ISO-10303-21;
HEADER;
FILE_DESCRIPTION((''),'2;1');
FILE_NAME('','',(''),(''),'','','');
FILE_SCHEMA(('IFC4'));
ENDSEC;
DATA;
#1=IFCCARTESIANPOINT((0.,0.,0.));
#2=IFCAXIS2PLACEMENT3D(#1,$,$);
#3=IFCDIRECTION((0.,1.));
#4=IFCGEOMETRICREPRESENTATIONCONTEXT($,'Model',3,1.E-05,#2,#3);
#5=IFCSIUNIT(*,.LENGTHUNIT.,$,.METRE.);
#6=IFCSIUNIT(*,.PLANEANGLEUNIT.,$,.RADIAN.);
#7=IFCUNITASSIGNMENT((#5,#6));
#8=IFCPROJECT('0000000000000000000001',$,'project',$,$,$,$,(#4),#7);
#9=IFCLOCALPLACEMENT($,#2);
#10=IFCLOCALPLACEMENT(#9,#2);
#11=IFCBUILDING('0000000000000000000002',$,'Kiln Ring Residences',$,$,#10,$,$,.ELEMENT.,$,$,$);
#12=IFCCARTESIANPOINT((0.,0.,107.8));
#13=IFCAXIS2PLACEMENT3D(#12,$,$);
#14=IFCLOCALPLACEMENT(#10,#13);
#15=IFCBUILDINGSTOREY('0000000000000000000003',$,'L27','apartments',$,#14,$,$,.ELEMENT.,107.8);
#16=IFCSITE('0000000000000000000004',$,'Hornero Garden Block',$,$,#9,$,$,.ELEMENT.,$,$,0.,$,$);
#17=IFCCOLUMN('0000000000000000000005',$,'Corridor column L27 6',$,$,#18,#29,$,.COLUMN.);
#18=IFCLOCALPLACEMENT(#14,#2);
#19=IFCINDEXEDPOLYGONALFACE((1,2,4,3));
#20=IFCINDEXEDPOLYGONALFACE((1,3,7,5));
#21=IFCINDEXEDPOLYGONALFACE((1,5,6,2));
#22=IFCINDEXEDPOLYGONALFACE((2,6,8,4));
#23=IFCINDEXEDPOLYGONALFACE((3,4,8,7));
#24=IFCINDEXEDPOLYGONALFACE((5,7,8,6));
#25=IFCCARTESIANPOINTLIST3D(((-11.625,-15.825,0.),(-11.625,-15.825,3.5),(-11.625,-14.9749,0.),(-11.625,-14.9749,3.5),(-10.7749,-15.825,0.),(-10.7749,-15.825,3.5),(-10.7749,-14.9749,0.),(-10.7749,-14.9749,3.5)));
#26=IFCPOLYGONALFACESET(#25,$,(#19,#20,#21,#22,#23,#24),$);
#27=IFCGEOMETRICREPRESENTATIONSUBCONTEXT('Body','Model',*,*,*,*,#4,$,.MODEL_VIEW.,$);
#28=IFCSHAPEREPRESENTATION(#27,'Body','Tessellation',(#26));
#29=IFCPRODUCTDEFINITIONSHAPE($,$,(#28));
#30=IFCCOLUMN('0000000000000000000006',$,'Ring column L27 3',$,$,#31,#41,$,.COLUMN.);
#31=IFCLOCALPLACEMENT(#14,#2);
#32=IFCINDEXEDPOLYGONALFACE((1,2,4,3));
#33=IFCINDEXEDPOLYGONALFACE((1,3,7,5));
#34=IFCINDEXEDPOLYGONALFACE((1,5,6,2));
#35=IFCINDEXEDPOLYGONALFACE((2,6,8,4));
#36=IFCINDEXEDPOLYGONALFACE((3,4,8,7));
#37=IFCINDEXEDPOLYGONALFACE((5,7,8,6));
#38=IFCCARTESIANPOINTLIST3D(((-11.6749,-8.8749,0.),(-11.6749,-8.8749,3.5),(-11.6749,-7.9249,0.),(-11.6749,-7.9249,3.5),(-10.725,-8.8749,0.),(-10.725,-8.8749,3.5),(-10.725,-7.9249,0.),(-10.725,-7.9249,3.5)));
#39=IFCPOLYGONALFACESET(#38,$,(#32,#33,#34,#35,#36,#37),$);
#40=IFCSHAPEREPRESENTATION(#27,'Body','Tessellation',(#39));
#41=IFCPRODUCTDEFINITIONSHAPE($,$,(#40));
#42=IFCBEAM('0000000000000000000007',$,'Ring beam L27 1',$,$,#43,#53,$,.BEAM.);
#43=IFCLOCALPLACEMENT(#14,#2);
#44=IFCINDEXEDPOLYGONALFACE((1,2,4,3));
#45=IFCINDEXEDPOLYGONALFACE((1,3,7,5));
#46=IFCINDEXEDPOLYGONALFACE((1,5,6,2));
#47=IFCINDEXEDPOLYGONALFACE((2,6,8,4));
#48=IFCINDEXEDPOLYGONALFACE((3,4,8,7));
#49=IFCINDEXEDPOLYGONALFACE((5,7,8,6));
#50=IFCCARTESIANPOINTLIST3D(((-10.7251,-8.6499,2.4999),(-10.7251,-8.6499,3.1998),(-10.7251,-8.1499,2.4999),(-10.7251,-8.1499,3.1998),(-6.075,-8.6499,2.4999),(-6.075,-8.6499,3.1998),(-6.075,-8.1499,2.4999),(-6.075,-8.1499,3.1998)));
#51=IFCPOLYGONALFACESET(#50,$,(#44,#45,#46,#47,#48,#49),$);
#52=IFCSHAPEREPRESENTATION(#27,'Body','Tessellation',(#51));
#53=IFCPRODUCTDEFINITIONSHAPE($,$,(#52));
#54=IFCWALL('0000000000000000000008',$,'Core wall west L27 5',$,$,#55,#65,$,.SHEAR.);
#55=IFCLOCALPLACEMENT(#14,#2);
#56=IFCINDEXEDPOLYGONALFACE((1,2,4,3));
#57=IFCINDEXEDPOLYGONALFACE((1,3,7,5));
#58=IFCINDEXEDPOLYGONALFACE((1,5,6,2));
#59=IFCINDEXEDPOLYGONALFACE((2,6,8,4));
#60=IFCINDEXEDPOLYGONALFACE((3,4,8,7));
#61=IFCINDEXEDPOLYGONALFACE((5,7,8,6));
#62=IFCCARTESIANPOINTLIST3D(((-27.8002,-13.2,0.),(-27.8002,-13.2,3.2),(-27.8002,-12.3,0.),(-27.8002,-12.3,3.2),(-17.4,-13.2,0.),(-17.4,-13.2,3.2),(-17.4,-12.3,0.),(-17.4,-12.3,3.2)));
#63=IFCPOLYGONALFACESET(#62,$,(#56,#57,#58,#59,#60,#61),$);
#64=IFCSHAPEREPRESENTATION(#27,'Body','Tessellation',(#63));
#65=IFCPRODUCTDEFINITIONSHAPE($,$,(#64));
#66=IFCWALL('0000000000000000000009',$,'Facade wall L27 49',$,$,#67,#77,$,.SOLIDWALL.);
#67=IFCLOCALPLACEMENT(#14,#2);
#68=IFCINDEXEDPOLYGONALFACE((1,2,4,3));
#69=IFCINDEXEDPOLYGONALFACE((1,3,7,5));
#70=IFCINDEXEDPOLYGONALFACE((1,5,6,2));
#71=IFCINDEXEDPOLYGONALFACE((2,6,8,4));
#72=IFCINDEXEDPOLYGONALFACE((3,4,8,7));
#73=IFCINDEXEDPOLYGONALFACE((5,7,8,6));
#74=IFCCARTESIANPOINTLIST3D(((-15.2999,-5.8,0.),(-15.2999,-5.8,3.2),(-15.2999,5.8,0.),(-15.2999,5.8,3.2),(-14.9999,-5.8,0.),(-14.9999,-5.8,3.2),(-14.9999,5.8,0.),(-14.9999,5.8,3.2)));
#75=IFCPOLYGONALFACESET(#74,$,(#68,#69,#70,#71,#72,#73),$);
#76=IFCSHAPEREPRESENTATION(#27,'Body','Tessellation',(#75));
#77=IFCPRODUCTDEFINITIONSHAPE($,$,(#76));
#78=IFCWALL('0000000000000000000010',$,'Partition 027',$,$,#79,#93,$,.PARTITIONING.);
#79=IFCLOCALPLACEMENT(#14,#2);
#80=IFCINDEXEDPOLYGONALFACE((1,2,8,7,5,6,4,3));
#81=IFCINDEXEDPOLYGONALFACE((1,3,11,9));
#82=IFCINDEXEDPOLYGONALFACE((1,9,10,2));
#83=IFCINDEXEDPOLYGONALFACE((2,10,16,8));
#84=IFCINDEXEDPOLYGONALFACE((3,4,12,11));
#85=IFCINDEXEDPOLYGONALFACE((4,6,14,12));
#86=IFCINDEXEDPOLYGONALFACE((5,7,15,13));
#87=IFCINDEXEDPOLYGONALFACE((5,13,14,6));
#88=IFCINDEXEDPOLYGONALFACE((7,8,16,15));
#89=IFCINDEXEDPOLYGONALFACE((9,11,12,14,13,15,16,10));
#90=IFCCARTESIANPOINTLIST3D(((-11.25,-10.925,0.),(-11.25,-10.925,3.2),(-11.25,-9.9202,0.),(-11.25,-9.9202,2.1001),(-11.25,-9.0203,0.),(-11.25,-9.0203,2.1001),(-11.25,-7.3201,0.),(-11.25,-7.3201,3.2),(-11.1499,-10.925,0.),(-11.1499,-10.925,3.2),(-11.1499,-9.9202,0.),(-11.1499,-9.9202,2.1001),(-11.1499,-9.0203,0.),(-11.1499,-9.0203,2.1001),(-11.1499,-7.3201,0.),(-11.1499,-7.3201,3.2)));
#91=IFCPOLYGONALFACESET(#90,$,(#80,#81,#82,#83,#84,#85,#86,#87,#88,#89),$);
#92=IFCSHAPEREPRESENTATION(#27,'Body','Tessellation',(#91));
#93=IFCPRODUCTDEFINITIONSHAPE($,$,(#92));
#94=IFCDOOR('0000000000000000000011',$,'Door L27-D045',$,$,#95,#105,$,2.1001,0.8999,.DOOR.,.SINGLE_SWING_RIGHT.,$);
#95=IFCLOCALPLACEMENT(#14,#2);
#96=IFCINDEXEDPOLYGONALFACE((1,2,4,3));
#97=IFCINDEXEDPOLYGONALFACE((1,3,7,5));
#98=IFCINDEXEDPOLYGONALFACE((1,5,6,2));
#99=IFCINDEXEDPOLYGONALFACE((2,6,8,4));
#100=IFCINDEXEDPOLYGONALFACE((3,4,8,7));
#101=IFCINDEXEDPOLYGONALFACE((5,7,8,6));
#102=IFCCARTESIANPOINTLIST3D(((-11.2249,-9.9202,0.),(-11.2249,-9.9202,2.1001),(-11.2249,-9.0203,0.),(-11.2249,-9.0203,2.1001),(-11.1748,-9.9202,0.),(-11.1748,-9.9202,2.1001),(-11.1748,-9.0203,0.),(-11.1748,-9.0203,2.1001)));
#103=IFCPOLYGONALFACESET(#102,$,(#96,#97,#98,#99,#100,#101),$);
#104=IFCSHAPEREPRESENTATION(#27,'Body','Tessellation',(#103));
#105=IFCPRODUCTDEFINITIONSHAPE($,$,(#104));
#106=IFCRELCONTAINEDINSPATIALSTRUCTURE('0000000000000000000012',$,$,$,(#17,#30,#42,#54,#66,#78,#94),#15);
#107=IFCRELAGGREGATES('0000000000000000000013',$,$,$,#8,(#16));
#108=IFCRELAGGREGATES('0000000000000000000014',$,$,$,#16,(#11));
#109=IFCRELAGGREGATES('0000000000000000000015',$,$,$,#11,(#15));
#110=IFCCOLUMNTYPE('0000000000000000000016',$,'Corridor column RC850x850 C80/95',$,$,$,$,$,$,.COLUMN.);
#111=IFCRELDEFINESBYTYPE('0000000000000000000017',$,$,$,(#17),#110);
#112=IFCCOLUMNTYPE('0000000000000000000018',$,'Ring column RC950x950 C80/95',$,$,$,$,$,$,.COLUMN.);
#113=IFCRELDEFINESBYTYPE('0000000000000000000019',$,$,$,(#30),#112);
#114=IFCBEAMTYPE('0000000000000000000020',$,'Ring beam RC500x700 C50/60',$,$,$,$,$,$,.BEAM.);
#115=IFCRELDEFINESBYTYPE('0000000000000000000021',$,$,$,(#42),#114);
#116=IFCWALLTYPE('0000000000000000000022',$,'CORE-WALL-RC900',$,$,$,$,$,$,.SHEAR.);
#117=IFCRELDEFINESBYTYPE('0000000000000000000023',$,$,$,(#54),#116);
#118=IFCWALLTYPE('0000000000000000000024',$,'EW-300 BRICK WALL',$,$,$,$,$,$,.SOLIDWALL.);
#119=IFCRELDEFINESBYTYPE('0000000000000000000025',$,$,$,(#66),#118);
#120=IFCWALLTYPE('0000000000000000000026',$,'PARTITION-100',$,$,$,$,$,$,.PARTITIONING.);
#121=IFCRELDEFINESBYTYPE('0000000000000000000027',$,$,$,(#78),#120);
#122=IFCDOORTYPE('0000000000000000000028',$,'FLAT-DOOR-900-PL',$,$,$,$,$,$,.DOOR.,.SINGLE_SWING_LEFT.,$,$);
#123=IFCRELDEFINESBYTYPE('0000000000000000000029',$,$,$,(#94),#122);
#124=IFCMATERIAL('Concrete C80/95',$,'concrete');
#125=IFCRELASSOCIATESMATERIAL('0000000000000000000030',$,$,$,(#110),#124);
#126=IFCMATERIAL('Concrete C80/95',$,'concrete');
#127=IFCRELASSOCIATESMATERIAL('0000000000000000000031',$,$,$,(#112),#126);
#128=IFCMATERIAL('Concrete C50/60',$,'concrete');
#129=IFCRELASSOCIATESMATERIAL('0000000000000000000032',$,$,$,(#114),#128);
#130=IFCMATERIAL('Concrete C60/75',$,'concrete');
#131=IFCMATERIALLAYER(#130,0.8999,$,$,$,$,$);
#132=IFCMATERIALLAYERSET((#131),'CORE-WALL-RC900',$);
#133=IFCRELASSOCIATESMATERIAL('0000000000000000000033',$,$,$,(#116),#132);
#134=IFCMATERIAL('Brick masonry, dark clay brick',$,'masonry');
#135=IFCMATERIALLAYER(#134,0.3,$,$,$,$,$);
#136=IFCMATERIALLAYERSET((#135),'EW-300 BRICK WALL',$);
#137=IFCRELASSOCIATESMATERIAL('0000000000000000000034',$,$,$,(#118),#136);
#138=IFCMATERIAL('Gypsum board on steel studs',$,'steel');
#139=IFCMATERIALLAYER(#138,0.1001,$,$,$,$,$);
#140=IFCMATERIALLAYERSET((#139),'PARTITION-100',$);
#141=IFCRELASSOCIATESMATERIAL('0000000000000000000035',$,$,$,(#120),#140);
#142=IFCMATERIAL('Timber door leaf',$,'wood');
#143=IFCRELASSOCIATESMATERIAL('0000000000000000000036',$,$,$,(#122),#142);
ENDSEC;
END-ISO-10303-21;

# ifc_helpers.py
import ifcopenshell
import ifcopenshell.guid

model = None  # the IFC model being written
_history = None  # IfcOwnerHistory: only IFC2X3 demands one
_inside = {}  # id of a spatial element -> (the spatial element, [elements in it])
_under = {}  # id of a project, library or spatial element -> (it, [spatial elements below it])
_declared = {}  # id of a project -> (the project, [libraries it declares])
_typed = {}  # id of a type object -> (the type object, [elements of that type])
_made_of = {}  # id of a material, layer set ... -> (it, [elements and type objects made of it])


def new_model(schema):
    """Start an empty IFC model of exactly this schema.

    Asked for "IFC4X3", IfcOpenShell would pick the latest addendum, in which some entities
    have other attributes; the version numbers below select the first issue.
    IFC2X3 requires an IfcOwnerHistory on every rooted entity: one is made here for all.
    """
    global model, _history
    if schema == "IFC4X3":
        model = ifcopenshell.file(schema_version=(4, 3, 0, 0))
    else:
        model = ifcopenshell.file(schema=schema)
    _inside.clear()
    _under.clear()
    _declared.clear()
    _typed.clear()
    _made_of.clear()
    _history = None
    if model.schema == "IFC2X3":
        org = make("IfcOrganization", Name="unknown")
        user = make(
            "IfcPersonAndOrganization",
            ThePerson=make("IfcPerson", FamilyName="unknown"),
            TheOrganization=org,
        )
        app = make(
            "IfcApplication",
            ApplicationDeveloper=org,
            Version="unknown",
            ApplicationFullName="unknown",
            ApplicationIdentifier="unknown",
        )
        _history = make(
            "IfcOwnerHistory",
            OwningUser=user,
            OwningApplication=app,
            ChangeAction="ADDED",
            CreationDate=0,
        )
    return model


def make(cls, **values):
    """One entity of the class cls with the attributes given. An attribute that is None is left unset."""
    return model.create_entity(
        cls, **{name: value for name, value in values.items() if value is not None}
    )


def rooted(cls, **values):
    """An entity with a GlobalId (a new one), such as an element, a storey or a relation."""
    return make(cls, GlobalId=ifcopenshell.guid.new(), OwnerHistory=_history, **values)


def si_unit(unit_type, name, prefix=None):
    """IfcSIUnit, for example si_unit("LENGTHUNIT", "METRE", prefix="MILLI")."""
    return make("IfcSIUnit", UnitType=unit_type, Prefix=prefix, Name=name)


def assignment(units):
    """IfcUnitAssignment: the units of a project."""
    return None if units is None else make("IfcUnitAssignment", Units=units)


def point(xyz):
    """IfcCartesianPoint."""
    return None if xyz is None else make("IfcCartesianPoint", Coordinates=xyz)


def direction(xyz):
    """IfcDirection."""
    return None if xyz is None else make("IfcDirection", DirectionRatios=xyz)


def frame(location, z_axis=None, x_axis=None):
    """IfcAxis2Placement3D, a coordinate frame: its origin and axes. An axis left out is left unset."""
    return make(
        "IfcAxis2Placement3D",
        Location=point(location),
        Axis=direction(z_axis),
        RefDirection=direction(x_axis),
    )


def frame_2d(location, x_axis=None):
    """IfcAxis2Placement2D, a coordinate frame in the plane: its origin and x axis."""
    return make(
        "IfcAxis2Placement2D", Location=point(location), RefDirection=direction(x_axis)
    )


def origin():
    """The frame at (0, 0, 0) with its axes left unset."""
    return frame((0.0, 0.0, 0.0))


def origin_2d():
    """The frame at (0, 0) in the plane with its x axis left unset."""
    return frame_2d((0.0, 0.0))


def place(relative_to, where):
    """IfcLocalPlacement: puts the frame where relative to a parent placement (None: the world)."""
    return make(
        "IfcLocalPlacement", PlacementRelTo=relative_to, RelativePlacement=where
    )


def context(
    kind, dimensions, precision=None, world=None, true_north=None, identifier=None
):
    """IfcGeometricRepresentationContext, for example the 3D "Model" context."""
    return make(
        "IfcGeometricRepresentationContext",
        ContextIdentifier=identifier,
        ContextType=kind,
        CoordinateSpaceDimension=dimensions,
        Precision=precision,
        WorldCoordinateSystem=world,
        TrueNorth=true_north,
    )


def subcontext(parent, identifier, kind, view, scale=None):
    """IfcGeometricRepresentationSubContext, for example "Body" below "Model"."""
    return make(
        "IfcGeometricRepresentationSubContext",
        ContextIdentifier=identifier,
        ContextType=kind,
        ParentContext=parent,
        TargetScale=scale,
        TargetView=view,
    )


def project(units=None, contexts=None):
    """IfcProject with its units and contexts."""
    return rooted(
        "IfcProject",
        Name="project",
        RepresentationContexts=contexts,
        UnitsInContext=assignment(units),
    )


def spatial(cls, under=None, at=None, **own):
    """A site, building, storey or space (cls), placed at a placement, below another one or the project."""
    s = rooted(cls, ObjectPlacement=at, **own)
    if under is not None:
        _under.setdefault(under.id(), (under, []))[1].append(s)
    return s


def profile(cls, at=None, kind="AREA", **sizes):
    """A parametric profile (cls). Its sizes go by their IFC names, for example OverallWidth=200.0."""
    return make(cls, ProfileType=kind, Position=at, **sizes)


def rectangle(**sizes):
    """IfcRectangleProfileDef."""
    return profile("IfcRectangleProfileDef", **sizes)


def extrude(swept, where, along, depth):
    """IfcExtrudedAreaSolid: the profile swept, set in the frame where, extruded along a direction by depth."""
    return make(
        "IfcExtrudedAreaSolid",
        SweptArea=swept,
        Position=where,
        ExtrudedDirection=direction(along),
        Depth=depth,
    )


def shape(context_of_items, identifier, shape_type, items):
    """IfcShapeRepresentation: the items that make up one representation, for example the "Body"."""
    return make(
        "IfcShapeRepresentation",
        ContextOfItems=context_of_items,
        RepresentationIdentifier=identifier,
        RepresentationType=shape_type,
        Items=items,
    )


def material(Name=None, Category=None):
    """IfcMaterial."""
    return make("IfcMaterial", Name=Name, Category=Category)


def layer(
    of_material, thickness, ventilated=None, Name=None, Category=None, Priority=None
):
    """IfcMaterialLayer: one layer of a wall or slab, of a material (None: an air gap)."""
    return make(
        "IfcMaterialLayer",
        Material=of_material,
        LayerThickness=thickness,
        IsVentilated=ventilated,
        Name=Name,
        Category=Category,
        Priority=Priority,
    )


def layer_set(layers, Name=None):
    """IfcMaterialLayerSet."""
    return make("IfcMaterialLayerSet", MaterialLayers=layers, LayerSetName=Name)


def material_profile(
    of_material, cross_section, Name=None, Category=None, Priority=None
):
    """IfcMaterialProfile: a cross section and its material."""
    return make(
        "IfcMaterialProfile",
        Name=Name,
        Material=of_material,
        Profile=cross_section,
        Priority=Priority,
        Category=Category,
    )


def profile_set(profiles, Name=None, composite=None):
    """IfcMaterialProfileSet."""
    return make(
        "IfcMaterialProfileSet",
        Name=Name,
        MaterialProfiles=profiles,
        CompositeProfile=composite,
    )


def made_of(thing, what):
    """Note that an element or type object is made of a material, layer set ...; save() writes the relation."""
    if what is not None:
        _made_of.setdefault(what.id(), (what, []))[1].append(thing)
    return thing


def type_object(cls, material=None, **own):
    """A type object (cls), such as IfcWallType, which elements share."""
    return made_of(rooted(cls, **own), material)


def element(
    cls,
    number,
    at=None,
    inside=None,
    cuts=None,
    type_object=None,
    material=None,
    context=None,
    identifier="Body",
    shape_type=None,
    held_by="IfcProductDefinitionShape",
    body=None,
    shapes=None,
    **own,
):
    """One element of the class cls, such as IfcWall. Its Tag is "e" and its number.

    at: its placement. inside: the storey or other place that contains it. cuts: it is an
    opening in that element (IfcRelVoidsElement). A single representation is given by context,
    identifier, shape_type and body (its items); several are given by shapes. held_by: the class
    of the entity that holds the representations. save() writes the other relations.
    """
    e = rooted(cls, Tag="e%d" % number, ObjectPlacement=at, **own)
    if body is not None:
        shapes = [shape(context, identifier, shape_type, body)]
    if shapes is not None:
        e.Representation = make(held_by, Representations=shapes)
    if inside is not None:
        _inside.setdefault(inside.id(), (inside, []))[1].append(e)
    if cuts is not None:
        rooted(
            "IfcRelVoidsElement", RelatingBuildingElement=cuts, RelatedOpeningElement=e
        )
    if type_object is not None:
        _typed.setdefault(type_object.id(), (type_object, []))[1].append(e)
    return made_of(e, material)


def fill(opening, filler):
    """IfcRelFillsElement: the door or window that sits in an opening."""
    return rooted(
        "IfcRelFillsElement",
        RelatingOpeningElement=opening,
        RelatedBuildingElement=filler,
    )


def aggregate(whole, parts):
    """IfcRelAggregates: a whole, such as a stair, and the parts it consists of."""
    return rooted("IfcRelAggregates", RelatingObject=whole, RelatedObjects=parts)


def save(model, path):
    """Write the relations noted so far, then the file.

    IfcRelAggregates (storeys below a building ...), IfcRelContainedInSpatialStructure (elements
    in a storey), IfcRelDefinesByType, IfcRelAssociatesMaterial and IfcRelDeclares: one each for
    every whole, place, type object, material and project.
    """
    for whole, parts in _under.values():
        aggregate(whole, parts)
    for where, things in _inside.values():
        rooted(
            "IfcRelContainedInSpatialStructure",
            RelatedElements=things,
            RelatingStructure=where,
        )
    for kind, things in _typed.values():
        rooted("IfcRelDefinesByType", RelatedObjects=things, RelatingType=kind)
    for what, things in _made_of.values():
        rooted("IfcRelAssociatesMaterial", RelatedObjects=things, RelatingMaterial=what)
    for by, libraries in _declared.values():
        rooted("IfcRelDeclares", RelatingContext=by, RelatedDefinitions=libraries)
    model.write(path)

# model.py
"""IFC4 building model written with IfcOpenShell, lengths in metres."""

from ifc_helpers import new_model, si_unit, direction, frame, frame_2d, origin, origin_2d, place, context, subcontext, project, spatial, rectangle, extrude, material, layer, layer_set, material_profile, profile_set, type_object, element, fill, save


model = new_model("IFC4")

# Units and contexts
model_context = context("Model", 3, precision=1e-05, world=origin(), true_north=direction((0.0, 1.0)))
body_context = subcontext(model_context, "Body", "Model", "MODEL_VIEW")
ifc_project = project(units=[si_unit("LENGTHUNIT", "METRE"), si_unit("PLANEANGLEUNIT", "RADIAN")], contexts=[model_context])

# Site, building, storey
site_placement = place(None, origin())
site = spatial("IfcSite", under=ifc_project, at=site_placement, Name="Hornero Garden Block", CompositionType="ELEMENT", RefElevation=0.0)
building_placement = place(site_placement, origin())
building = spatial("IfcBuilding", under=site, at=building_placement, Name="Kiln Ring Residences", CompositionType="ELEMENT")
storey_placement = place(building_placement, frame((0.0, 0.0, 107.8)))
storey = spatial("IfcBuildingStorey", under=building, at=storey_placement, Name="L27", Description="apartments", CompositionType="ELEMENT", Elevation=107.8)

# Columns
ifc_material_1 = material(Name="Concrete C80/95", Category="concrete")
ifc_material_profile_1 = material_profile(ifc_material_1, rectangle(XDim=0.8501, YDim=0.8501, at=origin_2d()), Name="RC850x850")
ifc_profile_set_1 = profile_set([ifc_material_profile_1], Name="Concrete C80/95")
column_type_1 = type_object("IfcColumnType", Name="Corridor column RC850x850 C80/95", PredefinedType="COLUMN", material=ifc_profile_set_1)
column_1_placement = place(storey_placement, frame((-11.2, -15.3999, 0.0), z_axis=(0.0, 0.0, 1.0), x_axis=(1.0, 0.0, 0.0)))
element("IfcColumn", 1, at=column_1_placement, inside=storey, type_object=column_type_1, Name="Corridor column L27 6", PredefinedType="COLUMN", context=body_context, shape_type="SweptSolid", body=[
    extrude(rectangle(XDim=0.8501, YDim=0.8501, at=origin_2d()), origin(), (0.0, 0.0, 1.0), 3.5),
])
ifc_material_2 = material(Name="Concrete C80/95", Category="concrete")
ifc_material_profile_2 = material_profile(ifc_material_2, rectangle(XDim=0.95, YDim=0.95, at=origin_2d()), Name="RC950x950")
ifc_profile_set_2 = profile_set([ifc_material_profile_2], Name="Concrete C80/95")
column_type_2 = type_object("IfcColumnType", Name="Ring column RC950x950 C80/95", PredefinedType="COLUMN", material=ifc_profile_set_2)
column_2_placement = place(storey_placement, frame((-11.2, -8.3999, 0.0), z_axis=(0.0, 0.0, 1.0), x_axis=(1.0, 0.0, 0.0)))
element("IfcColumn", 2, at=column_2_placement, inside=storey, type_object=column_type_2, Name="Ring column L27 3", PredefinedType="COLUMN", context=body_context, shape_type="SweptSolid", body=[
    extrude(rectangle(XDim=0.95, YDim=0.95, at=origin_2d()), origin(), (0.0, 0.0, 1.0), 3.5),
])

# Beam
ifc_material_3 = material(Name="Concrete C50/60", Category="concrete")
ifc_material_profile_3 = material_profile(ifc_material_3, rectangle(XDim=0.5, YDim=0.7, at=origin_2d()), Name="RC500x700")
ifc_profile_set_3 = profile_set([ifc_material_profile_3], Name="Concrete C50/60")
beam_type = type_object("IfcBeamType", Name="Ring beam RC500x700 C50/60", PredefinedType="BEAM", material=ifc_profile_set_3)
beam_placement = place(storey_placement, frame((-10.7251, -8.3999, 2.8499), z_axis=(1.0, 0.0, 0.0), x_axis=(0.0, 1.0, 0.0)))
element("IfcBeam", 3, at=beam_placement, inside=storey, type_object=beam_type, Name="Ring beam L27 1", PredefinedType="BEAM", context=body_context, shape_type="SweptSolid", body=[
    extrude(rectangle(XDim=0.5, YDim=0.7, at=origin_2d()), origin(), (0.0, 0.0, 1.0), 4.6501),
])

# Walls
ifc_material_4 = material(Name="Concrete C60/75", Category="concrete")
ifc_layer_1 = layer(ifc_material_4, 0.8999)
ifc_layer_set_1 = layer_set([ifc_layer_1], Name="CORE-WALL-RC900")
wall_type_1 = type_object("IfcWallType", Name="CORE-WALL-RC900", PredefinedType="SHEAR", material=ifc_layer_set_1)
wall_1_placement = place(storey_placement, frame((-17.3999, -12.75, 0.0), z_axis=(0.0, 0.0, 1.0), x_axis=(-1.0, 0.0, 0.0)))
element("IfcWall", 4, at=wall_1_placement, inside=storey, type_object=wall_type_1, Name="Core wall west L27 5", PredefinedType="SHEAR", context=body_context, shape_type="SweptSolid", body=[
    extrude(rectangle(XDim=10.4001, YDim=0.8999, at=frame_2d((5.2002, 0.0))), origin(), (0.0, 0.0, 1.0), 3.2),
])
ifc_material_5 = material(Name="Brick masonry, dark clay brick", Category="masonry")
ifc_layer_2 = layer(ifc_material_5, 0.3)
ifc_layer_set_2 = layer_set([ifc_layer_2], Name="EW-300 BRICK WALL")
wall_type_2 = type_object("IfcWallType", Name="EW-300 BRICK WALL", PredefinedType="SOLIDWALL", material=ifc_layer_set_2)
wall_2_placement = place(storey_placement, frame((-15.1499, -5.8, 0.0), z_axis=(0.0, 0.0, 1.0), x_axis=(0.0, 1.0, 0.0)))
element("IfcWall", 5, at=wall_2_placement, inside=storey, type_object=wall_type_2, Name="Facade wall L27 49", PredefinedType="SOLIDWALL", context=body_context, shape_type="SweptSolid", body=[
    extrude(rectangle(XDim=11.6001, YDim=0.3, at=frame_2d((5.8, 0.0))), origin(), (0.0, 0.0, 1.0), 3.2),
])

# Wall, opening, door
ifc_material_6 = material(Name="Gypsum board on steel studs", Category="steel")
ifc_layer_3 = layer(ifc_material_6, 0.1001)
ifc_layer_set_3 = layer_set([ifc_layer_3], Name="PARTITION-100")
wall_type_3 = type_object("IfcWallType", Name="PARTITION-100", PredefinedType="PARTITIONING", material=ifc_layer_set_3)
wall_3_placement = place(storey_placement, frame((-11.2, -10.925, 0.0), z_axis=(0.0, 0.0, 1.0), x_axis=(0.0, 1.0, 0.0)))
wall_3 = element("IfcWall", 6, at=wall_3_placement, inside=storey, type_object=wall_type_3, Name="Partition 027", PredefinedType="PARTITIONING", context=body_context, shape_type="SweptSolid", body=[
    extrude(rectangle(XDim=3.605, YDim=0.1001, at=frame_2d((1.8025, 0.0))), origin(), (0.0, 0.0, 1.0), 3.2),
])
opening_1_placement = place(wall_3_placement, frame((1.0049, 0.0, 0.0)))
opening_1 = element("IfcOpeningElement", 7, at=opening_1_placement, cuts=wall_3, PredefinedType="OPENING", context=body_context, shape_type="SweptSolid", body=[
    extrude(rectangle(XDim=0.8999, YDim=2.1001, at=frame_2d((0.45, 1.05))), frame((0.0, 0.0601, 0.0), z_axis=(0.0, -1.0, 0.0), x_axis=(1.0, 0.0, 0.0)), (0.0, 0.0, 1.0), 0.1201),
])
ifc_material_7 = material(Name="Timber door leaf", Category="wood")
door_type_1 = type_object("IfcDoorType", Name="FLAT-DOOR-900-PL", OperationType="SINGLE_SWING_LEFT", PredefinedType="DOOR", material=ifc_material_7)
door_1_placement = place(opening_1_placement, origin())
door_1 = element("IfcDoor", 8, at=door_1_placement, inside=storey, type_object=door_type_1, Name="Door L27-D045", OperationType="SINGLE_SWING_RIGHT", OverallHeight=2.1001, OverallWidth=0.8999, PredefinedType="DOOR", context=body_context, shape_type="SweptSolid", body=[
    extrude(rectangle(XDim=0.8999, YDim=2.1001, at=frame_2d((0.45, 1.05))), frame((0.0, 0.0249, 0.0), z_axis=(0.0, -1.0, 0.0), x_axis=(1.0, 0.0, 0.0)), (0.0, 0.0, 1.0), 0.05),
])
fill(opening_1, door_1)

save(model, "model.ifc")
